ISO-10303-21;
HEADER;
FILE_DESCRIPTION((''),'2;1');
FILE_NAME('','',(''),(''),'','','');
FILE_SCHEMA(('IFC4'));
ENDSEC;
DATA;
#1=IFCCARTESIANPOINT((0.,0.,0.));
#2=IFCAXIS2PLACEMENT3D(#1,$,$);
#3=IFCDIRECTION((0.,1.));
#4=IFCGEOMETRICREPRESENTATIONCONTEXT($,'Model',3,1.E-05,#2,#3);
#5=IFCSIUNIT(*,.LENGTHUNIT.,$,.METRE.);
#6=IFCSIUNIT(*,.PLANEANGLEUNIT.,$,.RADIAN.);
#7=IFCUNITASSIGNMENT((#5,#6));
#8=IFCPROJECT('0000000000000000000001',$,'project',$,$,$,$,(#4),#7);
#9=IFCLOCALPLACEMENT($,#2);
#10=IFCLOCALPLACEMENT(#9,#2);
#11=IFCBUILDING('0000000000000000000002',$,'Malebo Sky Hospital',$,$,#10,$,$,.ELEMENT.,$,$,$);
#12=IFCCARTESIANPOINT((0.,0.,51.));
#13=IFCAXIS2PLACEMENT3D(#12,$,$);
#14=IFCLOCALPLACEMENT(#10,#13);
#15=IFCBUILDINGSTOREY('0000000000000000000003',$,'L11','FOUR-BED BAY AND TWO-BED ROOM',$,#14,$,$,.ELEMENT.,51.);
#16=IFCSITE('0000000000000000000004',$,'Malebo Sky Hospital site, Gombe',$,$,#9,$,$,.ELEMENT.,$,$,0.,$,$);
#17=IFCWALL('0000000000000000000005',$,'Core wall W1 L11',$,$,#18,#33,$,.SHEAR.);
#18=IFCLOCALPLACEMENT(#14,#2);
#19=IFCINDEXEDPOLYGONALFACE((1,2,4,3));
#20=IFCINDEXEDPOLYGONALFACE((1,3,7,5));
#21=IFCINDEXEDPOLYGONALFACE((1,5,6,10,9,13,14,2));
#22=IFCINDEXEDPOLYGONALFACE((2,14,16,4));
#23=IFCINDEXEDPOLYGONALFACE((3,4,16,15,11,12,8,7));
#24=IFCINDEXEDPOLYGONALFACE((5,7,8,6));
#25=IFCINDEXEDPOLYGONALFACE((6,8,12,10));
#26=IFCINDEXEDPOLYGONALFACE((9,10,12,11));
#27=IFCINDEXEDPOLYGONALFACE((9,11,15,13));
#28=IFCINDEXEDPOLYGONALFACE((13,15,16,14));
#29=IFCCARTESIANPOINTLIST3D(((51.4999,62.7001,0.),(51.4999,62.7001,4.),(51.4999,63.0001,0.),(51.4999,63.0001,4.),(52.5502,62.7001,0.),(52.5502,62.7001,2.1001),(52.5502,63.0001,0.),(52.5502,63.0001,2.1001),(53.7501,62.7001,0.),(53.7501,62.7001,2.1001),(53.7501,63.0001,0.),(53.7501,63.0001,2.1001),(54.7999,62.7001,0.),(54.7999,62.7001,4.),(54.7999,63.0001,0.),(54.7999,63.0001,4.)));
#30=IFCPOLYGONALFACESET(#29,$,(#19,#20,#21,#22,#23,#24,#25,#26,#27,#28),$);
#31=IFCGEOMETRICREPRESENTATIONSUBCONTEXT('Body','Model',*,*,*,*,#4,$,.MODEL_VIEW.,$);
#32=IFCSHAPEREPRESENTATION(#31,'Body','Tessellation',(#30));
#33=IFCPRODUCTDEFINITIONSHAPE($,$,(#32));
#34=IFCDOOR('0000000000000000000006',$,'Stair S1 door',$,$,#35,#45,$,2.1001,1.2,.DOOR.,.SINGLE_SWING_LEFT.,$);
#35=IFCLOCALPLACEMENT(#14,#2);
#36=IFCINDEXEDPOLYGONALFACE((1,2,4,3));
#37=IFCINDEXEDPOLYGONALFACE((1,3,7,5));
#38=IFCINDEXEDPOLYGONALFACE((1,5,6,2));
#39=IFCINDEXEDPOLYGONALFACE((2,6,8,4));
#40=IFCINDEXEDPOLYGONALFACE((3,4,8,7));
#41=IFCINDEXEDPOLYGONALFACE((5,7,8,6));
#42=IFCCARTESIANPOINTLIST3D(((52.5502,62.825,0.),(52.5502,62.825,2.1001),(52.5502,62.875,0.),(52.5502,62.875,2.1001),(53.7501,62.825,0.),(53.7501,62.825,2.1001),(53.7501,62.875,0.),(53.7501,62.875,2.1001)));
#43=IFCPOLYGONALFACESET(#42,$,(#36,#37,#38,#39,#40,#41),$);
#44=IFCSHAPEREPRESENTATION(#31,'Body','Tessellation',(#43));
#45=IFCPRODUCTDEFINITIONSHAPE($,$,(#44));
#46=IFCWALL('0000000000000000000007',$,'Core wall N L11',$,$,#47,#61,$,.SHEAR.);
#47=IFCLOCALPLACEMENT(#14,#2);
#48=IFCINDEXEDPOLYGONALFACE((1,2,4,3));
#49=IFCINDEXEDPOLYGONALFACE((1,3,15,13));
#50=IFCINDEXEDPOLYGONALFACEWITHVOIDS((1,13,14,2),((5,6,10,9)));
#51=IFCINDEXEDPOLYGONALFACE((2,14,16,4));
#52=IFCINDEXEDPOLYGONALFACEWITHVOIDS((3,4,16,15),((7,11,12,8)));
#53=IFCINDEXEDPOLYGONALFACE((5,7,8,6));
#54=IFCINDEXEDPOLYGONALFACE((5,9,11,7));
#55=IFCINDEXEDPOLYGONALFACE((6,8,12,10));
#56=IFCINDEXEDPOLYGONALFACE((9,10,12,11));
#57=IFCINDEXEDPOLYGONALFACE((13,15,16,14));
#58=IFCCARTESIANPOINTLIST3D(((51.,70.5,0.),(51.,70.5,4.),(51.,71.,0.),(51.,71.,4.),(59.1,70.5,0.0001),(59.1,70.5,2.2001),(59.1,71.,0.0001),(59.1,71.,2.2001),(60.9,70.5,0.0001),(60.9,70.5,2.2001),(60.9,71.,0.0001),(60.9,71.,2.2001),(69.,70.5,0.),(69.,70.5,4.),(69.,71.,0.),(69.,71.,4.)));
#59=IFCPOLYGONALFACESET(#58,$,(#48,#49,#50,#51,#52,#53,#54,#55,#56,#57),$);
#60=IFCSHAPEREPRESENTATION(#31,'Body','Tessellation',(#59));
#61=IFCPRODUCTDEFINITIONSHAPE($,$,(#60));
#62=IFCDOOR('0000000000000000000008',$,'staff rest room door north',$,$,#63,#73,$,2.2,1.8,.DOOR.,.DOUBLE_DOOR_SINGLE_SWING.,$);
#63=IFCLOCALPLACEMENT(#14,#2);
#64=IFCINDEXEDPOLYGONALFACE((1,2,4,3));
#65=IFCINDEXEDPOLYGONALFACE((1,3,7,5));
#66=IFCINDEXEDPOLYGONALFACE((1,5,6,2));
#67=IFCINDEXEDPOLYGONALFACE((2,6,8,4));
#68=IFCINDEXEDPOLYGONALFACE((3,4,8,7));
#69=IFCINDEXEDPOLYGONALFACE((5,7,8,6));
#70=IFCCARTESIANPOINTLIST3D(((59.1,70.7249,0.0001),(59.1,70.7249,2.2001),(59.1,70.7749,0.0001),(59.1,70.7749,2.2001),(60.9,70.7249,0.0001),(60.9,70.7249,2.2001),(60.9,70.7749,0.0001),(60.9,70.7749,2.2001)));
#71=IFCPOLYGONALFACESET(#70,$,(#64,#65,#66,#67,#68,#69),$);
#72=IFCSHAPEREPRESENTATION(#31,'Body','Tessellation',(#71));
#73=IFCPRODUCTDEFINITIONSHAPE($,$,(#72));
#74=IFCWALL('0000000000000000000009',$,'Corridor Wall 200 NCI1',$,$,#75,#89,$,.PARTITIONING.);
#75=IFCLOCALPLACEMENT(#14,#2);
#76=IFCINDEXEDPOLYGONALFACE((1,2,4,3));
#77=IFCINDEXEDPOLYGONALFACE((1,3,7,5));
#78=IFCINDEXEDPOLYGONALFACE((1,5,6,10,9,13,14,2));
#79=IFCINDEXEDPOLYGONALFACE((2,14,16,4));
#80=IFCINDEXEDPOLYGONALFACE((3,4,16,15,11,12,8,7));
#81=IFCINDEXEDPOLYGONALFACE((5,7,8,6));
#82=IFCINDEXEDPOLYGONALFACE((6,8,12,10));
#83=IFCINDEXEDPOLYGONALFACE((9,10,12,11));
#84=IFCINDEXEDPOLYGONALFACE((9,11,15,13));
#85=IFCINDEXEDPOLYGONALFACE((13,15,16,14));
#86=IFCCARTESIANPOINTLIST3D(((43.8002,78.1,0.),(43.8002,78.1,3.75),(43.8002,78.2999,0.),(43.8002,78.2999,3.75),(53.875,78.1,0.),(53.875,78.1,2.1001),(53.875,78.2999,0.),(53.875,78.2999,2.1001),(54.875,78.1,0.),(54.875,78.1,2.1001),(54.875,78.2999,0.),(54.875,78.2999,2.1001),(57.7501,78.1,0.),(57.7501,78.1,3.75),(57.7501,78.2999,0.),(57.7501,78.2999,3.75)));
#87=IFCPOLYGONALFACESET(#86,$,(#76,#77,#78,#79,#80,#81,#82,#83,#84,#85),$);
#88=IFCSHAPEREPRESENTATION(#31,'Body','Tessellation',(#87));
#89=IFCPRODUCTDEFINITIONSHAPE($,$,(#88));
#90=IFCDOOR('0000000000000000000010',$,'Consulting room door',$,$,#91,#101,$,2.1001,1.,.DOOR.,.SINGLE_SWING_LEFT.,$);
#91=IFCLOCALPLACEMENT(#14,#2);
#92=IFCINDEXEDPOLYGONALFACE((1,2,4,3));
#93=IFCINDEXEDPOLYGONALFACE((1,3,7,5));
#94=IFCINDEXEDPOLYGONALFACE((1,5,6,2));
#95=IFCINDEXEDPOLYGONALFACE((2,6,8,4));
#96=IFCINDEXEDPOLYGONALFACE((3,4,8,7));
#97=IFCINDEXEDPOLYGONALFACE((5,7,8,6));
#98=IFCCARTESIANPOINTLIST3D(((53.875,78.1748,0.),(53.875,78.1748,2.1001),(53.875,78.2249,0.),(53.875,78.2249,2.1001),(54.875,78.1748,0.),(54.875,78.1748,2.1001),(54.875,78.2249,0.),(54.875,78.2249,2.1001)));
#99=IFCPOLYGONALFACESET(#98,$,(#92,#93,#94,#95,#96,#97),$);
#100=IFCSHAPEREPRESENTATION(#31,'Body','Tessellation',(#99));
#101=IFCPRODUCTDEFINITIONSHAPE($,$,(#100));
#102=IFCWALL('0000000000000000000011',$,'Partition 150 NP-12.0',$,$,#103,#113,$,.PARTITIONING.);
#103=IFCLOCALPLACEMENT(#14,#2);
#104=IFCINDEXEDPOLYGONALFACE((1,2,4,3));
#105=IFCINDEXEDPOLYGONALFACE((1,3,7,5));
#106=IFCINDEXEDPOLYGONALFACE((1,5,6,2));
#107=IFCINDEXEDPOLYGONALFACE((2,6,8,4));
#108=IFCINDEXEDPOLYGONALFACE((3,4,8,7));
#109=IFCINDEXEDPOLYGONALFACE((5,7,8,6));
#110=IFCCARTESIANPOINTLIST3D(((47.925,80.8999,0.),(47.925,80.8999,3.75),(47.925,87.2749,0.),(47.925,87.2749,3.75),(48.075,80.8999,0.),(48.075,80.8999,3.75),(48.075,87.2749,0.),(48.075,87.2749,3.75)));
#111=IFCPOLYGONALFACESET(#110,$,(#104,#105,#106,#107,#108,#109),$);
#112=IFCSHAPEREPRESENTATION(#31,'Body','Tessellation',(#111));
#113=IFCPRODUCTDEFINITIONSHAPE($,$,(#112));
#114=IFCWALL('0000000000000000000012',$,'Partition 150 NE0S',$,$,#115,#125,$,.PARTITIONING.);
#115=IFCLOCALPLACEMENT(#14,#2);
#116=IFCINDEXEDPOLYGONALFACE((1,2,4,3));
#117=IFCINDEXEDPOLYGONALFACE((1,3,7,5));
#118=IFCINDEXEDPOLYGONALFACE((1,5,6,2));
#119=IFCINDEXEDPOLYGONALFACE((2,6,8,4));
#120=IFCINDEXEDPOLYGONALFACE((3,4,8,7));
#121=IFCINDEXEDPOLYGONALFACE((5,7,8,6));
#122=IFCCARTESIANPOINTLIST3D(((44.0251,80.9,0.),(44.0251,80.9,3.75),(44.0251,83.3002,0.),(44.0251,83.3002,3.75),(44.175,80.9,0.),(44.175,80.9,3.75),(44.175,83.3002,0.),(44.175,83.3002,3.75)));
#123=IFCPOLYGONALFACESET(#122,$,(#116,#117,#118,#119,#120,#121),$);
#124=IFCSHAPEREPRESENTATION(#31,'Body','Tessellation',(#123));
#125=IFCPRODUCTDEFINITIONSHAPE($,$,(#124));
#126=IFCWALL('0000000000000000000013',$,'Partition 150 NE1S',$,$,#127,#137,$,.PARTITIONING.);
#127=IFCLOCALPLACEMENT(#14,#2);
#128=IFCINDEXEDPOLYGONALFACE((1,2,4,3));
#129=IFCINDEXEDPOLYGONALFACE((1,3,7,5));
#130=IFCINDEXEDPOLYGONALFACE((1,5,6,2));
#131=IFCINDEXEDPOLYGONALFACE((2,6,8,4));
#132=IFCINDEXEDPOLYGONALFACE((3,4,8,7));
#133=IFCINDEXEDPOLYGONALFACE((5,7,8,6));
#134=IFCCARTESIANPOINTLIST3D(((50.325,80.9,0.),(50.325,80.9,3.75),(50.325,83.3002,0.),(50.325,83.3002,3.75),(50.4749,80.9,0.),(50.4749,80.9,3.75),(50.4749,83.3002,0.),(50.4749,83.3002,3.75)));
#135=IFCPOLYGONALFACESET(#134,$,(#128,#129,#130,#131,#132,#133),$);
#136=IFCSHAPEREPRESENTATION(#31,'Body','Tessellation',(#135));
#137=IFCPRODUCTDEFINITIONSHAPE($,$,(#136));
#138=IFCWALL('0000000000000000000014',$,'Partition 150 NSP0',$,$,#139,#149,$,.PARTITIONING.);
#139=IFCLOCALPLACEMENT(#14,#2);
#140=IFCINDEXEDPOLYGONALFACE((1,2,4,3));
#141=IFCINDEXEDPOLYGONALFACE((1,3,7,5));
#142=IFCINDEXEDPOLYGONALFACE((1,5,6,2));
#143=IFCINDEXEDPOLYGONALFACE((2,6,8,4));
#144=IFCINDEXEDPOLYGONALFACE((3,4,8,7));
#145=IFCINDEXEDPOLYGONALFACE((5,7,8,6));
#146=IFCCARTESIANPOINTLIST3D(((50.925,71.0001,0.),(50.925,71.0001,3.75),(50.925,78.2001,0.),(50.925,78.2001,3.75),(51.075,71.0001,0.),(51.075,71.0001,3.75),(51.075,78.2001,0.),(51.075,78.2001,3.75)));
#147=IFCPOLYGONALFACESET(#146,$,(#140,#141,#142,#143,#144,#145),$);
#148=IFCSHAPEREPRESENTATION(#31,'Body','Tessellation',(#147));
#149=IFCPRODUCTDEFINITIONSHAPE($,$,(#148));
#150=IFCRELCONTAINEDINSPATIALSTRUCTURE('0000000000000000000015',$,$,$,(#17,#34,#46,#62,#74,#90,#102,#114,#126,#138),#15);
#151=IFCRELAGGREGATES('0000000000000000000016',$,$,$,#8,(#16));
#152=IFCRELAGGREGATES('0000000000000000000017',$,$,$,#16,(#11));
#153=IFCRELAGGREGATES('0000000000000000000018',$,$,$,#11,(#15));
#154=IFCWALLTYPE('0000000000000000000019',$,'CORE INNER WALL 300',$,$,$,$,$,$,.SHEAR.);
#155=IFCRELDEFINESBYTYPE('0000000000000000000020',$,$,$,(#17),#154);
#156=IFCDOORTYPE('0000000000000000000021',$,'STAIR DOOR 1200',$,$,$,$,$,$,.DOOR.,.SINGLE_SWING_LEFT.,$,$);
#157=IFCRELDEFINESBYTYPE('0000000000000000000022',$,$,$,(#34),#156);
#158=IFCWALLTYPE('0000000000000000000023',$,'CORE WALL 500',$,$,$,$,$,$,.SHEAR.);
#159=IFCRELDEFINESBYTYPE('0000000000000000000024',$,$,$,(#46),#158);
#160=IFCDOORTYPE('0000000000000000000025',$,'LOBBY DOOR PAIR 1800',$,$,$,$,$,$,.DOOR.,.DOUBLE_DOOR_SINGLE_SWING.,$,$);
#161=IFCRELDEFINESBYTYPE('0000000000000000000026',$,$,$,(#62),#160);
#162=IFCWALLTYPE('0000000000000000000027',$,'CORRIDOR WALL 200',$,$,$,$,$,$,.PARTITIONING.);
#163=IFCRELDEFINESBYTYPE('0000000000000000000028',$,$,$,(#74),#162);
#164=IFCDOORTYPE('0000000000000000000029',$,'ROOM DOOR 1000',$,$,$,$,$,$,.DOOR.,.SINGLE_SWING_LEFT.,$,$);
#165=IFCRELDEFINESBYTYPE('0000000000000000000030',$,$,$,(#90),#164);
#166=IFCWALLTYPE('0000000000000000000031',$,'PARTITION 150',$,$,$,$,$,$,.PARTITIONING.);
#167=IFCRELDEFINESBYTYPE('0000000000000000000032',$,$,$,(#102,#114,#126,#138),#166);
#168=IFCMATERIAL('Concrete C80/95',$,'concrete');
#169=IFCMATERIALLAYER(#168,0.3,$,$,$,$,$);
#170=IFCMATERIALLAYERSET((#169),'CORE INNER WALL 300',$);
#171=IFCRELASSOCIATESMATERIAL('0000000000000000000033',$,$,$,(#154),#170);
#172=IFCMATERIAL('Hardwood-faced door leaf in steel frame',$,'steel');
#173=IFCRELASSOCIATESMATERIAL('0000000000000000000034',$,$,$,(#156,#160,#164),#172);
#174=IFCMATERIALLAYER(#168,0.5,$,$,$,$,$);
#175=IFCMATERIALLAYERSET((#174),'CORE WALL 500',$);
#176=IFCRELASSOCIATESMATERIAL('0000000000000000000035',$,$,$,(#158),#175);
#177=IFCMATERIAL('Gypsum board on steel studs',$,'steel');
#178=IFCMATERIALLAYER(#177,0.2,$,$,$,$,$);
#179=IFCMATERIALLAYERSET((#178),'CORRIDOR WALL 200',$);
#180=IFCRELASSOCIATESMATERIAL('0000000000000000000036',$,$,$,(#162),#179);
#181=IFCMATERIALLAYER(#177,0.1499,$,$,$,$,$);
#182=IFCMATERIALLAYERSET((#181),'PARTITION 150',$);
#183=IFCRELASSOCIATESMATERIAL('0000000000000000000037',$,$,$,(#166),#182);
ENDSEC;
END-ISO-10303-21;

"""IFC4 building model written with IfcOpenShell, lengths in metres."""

from ifc_helpers import new_model, si_unit, direction, frame, frame_2d, origin, place, context, subcontext, project, spatial, rectangle, extrude, material, layer, layer_set, type_object, element, fill, save


model = new_model("IFC4")

# Units and contexts
model_context = context("Model", 3, precision=1e-05, world=origin(), true_north=direction((0.0, 1.0)))
body_context = subcontext(model_context, "Body", "Model", "MODEL_VIEW")
ifc_project = project(units=[si_unit("LENGTHUNIT", "METRE"), si_unit("PLANEANGLEUNIT", "RADIAN")], contexts=[model_context])

# Site, building, storey
site_placement = place(None, origin())
site = spatial("IfcSite", under=ifc_project, at=site_placement, Name="Malebo Sky Hospital site, Gombe", CompositionType="ELEMENT", RefElevation=0.0)
building_placement = place(site_placement, origin())
building = spatial("IfcBuilding", under=site, at=building_placement, Name="Malebo Sky Hospital", CompositionType="ELEMENT")
storey_placement = place(building_placement, frame((0.0, 0.0, 51.0)))
storey = spatial("IfcBuildingStorey", under=building, at=storey_placement, Name="L11", Description="FOUR-BED BAY AND TWO-BED ROOM", CompositionType="ELEMENT", Elevation=51.0)

# Shared definitions
ifc_material_1 = material(Name="Concrete C80/95", Category="concrete")

# Walls, openings, doors
ifc_layer_1 = layer(ifc_material_1, 0.3)
ifc_layer_set_1 = layer_set([ifc_layer_1], Name="CORE INNER WALL 300")
wall_type_1 = type_object("IfcWallType", Name="CORE INNER WALL 300", PredefinedType="SHEAR", material=ifc_layer_set_1)
wall_1_placement = place(storey_placement, frame((51.5, 62.8501, 0.0), z_axis=(0.0, 0.0, 1.0), x_axis=(1.0, 0.0, 0.0)))
wall_1 = element("IfcWall", 1, at=wall_1_placement, inside=storey, type_object=wall_type_1, Name="Core wall W1 L11", PredefinedType="SHEAR", context=body_context, shape_type="SweptSolid", body=[
    extrude(rectangle(XDim=3.3, YDim=0.3, at=frame_2d((1.6499, 0.0))), origin(), (0.0, 0.0, 1.0), 4.0),
])
opening_1_placement = place(wall_1_placement, frame((1.05, 0.0, 0.0)))
opening_1 = element("IfcOpeningElement", 2, at=opening_1_placement, cuts=wall_1, PredefinedType="OPENING", context=body_context, shape_type="SweptSolid", body=[
    extrude(rectangle(XDim=1.2, YDim=2.1001, at=frame_2d((0.6001, 1.05))), frame((0.0, 0.1599, 0.0), z_axis=(0.0, -1.0, 0.0), x_axis=(1.0, 0.0, 0.0)), (0.0, 0.0, 1.0), 0.3201),
])
ifc_material_2 = material(Name="Hardwood-faced door leaf in steel frame", Category="steel")
door_type_1 = type_object("IfcDoorType", Name="STAIR DOOR 1200", OperationType="SINGLE_SWING_LEFT", PredefinedType="DOOR", material=ifc_material_2)
door_1_placement = place(opening_1_placement, origin())
door_1 = element("IfcDoor", 3, at=door_1_placement, inside=storey, type_object=door_type_1, Name="Stair S1 door", OperationType="SINGLE_SWING_LEFT", OverallHeight=2.1001, OverallWidth=1.2, PredefinedType="DOOR", context=body_context, shape_type="SweptSolid", body=[
    extrude(rectangle(XDim=1.2, YDim=2.1001, at=frame_2d((0.6001, 1.05))), frame((0.0, 0.0249, 0.0), z_axis=(0.0, -1.0, 0.0), x_axis=(1.0, 0.0, 0.0)), (0.0, 0.0, 1.0), 0.05),
])
fill(opening_1, door_1)
ifc_layer_2 = layer(ifc_material_1, 0.5)
ifc_layer_set_2 = layer_set([ifc_layer_2], Name="CORE WALL 500")
wall_type_2 = type_object("IfcWallType", Name="CORE WALL 500", PredefinedType="SHEAR", material=ifc_layer_set_2)
wall_2_placement = place(storey_placement, frame((51.0, 70.75, 0.0), z_axis=(0.0, 0.0, 1.0), x_axis=(1.0, 0.0, 0.0)))
wall_2 = element("IfcWall", 4, at=wall_2_placement, inside=storey, type_object=wall_type_2, Name="Core wall N L11", PredefinedType="SHEAR", context=body_context, shape_type="SweptSolid", body=[
    extrude(rectangle(XDim=18.0, YDim=0.5, at=frame_2d((9.0, 0.0))), origin(), (0.0, 0.0, 1.0), 4.0),
])
opening_2_placement = place(wall_2_placement, frame((8.1001, 0.0, 0.0)))
opening_2 = element("IfcOpeningElement", 5, at=opening_2_placement, cuts=wall_2, PredefinedType="OPENING", context=body_context, shape_type="SweptSolid", body=[
    extrude(rectangle(XDim=1.8, YDim=2.2, at=frame_2d((0.8999, 1.1001))), frame((0.0, 0.26, 0.0), z_axis=(0.0, -1.0, 0.0), x_axis=(1.0, 0.0, 0.0)), (0.0, 0.0, 1.0), 0.52),
])
door_type_2 = type_object("IfcDoorType", Name="LOBBY DOOR PAIR 1800", OperationType="DOUBLE_DOOR_SINGLE_SWING", PredefinedType="DOOR", material=ifc_material_2)
door_2_placement = place(opening_2_placement, origin())
door_2 = element("IfcDoor", 6, at=door_2_placement, inside=storey, type_object=door_type_2, Name="staff rest room door north", OperationType="DOUBLE_DOOR_SINGLE_SWING", OverallHeight=2.2, OverallWidth=1.8, PredefinedType="DOOR", context=body_context, shape_type="SweptSolid", body=[
    extrude(rectangle(XDim=1.8, YDim=2.2, at=frame_2d((0.8999, 1.1001))), frame((0.0, 0.0249, 0.0), z_axis=(0.0, -1.0, 0.0), x_axis=(1.0, 0.0, 0.0)), (0.0, 0.0, 1.0), 0.05),
])
fill(opening_2, door_2)
ifc_material_3 = material(Name="Gypsum board on steel studs", Category="steel")
ifc_layer_3 = layer(ifc_material_3, 0.2)
ifc_layer_set_3 = layer_set([ifc_layer_3], Name="CORRIDOR WALL 200")
wall_type_3 = type_object("IfcWallType", Name="CORRIDOR WALL 200", PredefinedType="PARTITIONING", material=ifc_layer_set_3)
wall_3_placement = place(storey_placement, frame((43.8, 78.2, 0.0), z_axis=(0.0, 0.0, 1.0), x_axis=(1.0, 0.0, 0.0)))
wall_3 = element("IfcWall", 7, at=wall_3_placement, inside=storey, type_object=wall_type_3, Name="Corridor Wall 200 NCI1", PredefinedType="PARTITIONING", context=body_context, shape_type="SweptSolid", body=[
    extrude(rectangle(XDim=13.95, YDim=0.2, at=frame_2d((6.9751, 0.0))), origin(), (0.0, 0.0, 1.0), 3.75),
])
opening_3_placement = place(wall_3_placement, frame((10.075, 0.0, 0.0)))
opening_3 = element("IfcOpeningElement", 8, at=opening_3_placement, cuts=wall_3, PredefinedType="OPENING", context=body_context, shape_type="SweptSolid", body=[
    extrude(rectangle(XDim=1.0, YDim=2.1001, at=frame_2d((0.5, 1.05))), frame((0.0, 0.1099, 0.0), z_axis=(0.0, -1.0, 0.0), x_axis=(1.0, 0.0, 0.0)), (0.0, 0.0, 1.0), 0.22),
])
door_type_3 = type_object("IfcDoorType", Name="ROOM DOOR 1000", OperationType="SINGLE_SWING_LEFT", PredefinedType="DOOR", material=ifc_material_2)
door_3_placement = place(opening_3_placement, origin())
door_3 = element("IfcDoor", 9, at=door_3_placement, inside=storey, type_object=door_type_3, Name="Consulting room door", OperationType="SINGLE_SWING_LEFT", OverallHeight=2.1001, OverallWidth=1.0, PredefinedType="DOOR", context=body_context, shape_type="SweptSolid", body=[
    extrude(rectangle(XDim=1.0, YDim=2.1001, at=frame_2d((0.5, 1.05))), frame((0.0, 0.0249, 0.0), z_axis=(0.0, -1.0, 0.0), x_axis=(1.0, 0.0, 0.0)), (0.0, 0.0, 1.0), 0.05),
])
fill(opening_3, door_3)

# Walls
ifc_layer_4 = layer(ifc_material_3, 0.1499)
ifc_layer_set_4 = layer_set([ifc_layer_4], Name="PARTITION 150")
wall_type_4 = type_object("IfcWallType", Name="PARTITION 150", PredefinedType="PARTITIONING", material=ifc_layer_set_4)
wall_4_placement = place(storey_placement, frame((48.0, 80.8999, 0.0), z_axis=(0.0, 0.0, 1.0), x_axis=(0.0, 1.0, 0.0)))
element("IfcWall", 10, at=wall_4_placement, inside=storey, type_object=wall_type_4, Name="Partition 150 NP-12.0", PredefinedType="PARTITIONING", context=body_context, shape_type="SweptSolid", body=[
    extrude(rectangle(XDim=6.375, YDim=0.1499, at=frame_2d((3.1875, 0.0))), origin(), (0.0, 0.0, 1.0), 3.75),
])
for number, where, z_axis, x_axis, name in (
    (11, (44.1001, 80.8999, 0.0), (0.0, 0.0, 1.0), (0.0, 1.0, 0.0), "Partition 150 NE0S"),
    (12, (50.3999, 80.8999, 0.0), (0.0, 0.0, 1.0), (0.0, 1.0, 0.0), "Partition 150 NE1S"),
):
    element("IfcWall", number, at=place(storey_placement, frame(where, z_axis=z_axis, x_axis=x_axis)), inside=storey, type_object=wall_type_4, Name=name, PredefinedType="PARTITIONING", context=body_context, shape_type="SweptSolid", body=[
        extrude(rectangle(XDim=2.4001, YDim=0.1499, at=frame_2d((1.2002, 0.0))), origin(), (0.0, 0.0, 1.0), 3.75),
    ])
wall_5_placement = place(storey_placement, frame((51.0, 71.0, 0.0), z_axis=(0.0, 0.0, 1.0), x_axis=(0.0, 1.0, 0.0)))
element("IfcWall", 13, at=wall_5_placement, inside=storey, type_object=wall_type_4, Name="Partition 150 NSP0", PredefinedType="PARTITIONING", context=body_context, shape_type="SweptSolid", body=[
    extrude(rectangle(XDim=7.2, YDim=0.1499, at=frame_2d((3.6001, 0.0))), origin(), (0.0, 0.0, 1.0), 3.75),
])

save(model, "model.ifc")
